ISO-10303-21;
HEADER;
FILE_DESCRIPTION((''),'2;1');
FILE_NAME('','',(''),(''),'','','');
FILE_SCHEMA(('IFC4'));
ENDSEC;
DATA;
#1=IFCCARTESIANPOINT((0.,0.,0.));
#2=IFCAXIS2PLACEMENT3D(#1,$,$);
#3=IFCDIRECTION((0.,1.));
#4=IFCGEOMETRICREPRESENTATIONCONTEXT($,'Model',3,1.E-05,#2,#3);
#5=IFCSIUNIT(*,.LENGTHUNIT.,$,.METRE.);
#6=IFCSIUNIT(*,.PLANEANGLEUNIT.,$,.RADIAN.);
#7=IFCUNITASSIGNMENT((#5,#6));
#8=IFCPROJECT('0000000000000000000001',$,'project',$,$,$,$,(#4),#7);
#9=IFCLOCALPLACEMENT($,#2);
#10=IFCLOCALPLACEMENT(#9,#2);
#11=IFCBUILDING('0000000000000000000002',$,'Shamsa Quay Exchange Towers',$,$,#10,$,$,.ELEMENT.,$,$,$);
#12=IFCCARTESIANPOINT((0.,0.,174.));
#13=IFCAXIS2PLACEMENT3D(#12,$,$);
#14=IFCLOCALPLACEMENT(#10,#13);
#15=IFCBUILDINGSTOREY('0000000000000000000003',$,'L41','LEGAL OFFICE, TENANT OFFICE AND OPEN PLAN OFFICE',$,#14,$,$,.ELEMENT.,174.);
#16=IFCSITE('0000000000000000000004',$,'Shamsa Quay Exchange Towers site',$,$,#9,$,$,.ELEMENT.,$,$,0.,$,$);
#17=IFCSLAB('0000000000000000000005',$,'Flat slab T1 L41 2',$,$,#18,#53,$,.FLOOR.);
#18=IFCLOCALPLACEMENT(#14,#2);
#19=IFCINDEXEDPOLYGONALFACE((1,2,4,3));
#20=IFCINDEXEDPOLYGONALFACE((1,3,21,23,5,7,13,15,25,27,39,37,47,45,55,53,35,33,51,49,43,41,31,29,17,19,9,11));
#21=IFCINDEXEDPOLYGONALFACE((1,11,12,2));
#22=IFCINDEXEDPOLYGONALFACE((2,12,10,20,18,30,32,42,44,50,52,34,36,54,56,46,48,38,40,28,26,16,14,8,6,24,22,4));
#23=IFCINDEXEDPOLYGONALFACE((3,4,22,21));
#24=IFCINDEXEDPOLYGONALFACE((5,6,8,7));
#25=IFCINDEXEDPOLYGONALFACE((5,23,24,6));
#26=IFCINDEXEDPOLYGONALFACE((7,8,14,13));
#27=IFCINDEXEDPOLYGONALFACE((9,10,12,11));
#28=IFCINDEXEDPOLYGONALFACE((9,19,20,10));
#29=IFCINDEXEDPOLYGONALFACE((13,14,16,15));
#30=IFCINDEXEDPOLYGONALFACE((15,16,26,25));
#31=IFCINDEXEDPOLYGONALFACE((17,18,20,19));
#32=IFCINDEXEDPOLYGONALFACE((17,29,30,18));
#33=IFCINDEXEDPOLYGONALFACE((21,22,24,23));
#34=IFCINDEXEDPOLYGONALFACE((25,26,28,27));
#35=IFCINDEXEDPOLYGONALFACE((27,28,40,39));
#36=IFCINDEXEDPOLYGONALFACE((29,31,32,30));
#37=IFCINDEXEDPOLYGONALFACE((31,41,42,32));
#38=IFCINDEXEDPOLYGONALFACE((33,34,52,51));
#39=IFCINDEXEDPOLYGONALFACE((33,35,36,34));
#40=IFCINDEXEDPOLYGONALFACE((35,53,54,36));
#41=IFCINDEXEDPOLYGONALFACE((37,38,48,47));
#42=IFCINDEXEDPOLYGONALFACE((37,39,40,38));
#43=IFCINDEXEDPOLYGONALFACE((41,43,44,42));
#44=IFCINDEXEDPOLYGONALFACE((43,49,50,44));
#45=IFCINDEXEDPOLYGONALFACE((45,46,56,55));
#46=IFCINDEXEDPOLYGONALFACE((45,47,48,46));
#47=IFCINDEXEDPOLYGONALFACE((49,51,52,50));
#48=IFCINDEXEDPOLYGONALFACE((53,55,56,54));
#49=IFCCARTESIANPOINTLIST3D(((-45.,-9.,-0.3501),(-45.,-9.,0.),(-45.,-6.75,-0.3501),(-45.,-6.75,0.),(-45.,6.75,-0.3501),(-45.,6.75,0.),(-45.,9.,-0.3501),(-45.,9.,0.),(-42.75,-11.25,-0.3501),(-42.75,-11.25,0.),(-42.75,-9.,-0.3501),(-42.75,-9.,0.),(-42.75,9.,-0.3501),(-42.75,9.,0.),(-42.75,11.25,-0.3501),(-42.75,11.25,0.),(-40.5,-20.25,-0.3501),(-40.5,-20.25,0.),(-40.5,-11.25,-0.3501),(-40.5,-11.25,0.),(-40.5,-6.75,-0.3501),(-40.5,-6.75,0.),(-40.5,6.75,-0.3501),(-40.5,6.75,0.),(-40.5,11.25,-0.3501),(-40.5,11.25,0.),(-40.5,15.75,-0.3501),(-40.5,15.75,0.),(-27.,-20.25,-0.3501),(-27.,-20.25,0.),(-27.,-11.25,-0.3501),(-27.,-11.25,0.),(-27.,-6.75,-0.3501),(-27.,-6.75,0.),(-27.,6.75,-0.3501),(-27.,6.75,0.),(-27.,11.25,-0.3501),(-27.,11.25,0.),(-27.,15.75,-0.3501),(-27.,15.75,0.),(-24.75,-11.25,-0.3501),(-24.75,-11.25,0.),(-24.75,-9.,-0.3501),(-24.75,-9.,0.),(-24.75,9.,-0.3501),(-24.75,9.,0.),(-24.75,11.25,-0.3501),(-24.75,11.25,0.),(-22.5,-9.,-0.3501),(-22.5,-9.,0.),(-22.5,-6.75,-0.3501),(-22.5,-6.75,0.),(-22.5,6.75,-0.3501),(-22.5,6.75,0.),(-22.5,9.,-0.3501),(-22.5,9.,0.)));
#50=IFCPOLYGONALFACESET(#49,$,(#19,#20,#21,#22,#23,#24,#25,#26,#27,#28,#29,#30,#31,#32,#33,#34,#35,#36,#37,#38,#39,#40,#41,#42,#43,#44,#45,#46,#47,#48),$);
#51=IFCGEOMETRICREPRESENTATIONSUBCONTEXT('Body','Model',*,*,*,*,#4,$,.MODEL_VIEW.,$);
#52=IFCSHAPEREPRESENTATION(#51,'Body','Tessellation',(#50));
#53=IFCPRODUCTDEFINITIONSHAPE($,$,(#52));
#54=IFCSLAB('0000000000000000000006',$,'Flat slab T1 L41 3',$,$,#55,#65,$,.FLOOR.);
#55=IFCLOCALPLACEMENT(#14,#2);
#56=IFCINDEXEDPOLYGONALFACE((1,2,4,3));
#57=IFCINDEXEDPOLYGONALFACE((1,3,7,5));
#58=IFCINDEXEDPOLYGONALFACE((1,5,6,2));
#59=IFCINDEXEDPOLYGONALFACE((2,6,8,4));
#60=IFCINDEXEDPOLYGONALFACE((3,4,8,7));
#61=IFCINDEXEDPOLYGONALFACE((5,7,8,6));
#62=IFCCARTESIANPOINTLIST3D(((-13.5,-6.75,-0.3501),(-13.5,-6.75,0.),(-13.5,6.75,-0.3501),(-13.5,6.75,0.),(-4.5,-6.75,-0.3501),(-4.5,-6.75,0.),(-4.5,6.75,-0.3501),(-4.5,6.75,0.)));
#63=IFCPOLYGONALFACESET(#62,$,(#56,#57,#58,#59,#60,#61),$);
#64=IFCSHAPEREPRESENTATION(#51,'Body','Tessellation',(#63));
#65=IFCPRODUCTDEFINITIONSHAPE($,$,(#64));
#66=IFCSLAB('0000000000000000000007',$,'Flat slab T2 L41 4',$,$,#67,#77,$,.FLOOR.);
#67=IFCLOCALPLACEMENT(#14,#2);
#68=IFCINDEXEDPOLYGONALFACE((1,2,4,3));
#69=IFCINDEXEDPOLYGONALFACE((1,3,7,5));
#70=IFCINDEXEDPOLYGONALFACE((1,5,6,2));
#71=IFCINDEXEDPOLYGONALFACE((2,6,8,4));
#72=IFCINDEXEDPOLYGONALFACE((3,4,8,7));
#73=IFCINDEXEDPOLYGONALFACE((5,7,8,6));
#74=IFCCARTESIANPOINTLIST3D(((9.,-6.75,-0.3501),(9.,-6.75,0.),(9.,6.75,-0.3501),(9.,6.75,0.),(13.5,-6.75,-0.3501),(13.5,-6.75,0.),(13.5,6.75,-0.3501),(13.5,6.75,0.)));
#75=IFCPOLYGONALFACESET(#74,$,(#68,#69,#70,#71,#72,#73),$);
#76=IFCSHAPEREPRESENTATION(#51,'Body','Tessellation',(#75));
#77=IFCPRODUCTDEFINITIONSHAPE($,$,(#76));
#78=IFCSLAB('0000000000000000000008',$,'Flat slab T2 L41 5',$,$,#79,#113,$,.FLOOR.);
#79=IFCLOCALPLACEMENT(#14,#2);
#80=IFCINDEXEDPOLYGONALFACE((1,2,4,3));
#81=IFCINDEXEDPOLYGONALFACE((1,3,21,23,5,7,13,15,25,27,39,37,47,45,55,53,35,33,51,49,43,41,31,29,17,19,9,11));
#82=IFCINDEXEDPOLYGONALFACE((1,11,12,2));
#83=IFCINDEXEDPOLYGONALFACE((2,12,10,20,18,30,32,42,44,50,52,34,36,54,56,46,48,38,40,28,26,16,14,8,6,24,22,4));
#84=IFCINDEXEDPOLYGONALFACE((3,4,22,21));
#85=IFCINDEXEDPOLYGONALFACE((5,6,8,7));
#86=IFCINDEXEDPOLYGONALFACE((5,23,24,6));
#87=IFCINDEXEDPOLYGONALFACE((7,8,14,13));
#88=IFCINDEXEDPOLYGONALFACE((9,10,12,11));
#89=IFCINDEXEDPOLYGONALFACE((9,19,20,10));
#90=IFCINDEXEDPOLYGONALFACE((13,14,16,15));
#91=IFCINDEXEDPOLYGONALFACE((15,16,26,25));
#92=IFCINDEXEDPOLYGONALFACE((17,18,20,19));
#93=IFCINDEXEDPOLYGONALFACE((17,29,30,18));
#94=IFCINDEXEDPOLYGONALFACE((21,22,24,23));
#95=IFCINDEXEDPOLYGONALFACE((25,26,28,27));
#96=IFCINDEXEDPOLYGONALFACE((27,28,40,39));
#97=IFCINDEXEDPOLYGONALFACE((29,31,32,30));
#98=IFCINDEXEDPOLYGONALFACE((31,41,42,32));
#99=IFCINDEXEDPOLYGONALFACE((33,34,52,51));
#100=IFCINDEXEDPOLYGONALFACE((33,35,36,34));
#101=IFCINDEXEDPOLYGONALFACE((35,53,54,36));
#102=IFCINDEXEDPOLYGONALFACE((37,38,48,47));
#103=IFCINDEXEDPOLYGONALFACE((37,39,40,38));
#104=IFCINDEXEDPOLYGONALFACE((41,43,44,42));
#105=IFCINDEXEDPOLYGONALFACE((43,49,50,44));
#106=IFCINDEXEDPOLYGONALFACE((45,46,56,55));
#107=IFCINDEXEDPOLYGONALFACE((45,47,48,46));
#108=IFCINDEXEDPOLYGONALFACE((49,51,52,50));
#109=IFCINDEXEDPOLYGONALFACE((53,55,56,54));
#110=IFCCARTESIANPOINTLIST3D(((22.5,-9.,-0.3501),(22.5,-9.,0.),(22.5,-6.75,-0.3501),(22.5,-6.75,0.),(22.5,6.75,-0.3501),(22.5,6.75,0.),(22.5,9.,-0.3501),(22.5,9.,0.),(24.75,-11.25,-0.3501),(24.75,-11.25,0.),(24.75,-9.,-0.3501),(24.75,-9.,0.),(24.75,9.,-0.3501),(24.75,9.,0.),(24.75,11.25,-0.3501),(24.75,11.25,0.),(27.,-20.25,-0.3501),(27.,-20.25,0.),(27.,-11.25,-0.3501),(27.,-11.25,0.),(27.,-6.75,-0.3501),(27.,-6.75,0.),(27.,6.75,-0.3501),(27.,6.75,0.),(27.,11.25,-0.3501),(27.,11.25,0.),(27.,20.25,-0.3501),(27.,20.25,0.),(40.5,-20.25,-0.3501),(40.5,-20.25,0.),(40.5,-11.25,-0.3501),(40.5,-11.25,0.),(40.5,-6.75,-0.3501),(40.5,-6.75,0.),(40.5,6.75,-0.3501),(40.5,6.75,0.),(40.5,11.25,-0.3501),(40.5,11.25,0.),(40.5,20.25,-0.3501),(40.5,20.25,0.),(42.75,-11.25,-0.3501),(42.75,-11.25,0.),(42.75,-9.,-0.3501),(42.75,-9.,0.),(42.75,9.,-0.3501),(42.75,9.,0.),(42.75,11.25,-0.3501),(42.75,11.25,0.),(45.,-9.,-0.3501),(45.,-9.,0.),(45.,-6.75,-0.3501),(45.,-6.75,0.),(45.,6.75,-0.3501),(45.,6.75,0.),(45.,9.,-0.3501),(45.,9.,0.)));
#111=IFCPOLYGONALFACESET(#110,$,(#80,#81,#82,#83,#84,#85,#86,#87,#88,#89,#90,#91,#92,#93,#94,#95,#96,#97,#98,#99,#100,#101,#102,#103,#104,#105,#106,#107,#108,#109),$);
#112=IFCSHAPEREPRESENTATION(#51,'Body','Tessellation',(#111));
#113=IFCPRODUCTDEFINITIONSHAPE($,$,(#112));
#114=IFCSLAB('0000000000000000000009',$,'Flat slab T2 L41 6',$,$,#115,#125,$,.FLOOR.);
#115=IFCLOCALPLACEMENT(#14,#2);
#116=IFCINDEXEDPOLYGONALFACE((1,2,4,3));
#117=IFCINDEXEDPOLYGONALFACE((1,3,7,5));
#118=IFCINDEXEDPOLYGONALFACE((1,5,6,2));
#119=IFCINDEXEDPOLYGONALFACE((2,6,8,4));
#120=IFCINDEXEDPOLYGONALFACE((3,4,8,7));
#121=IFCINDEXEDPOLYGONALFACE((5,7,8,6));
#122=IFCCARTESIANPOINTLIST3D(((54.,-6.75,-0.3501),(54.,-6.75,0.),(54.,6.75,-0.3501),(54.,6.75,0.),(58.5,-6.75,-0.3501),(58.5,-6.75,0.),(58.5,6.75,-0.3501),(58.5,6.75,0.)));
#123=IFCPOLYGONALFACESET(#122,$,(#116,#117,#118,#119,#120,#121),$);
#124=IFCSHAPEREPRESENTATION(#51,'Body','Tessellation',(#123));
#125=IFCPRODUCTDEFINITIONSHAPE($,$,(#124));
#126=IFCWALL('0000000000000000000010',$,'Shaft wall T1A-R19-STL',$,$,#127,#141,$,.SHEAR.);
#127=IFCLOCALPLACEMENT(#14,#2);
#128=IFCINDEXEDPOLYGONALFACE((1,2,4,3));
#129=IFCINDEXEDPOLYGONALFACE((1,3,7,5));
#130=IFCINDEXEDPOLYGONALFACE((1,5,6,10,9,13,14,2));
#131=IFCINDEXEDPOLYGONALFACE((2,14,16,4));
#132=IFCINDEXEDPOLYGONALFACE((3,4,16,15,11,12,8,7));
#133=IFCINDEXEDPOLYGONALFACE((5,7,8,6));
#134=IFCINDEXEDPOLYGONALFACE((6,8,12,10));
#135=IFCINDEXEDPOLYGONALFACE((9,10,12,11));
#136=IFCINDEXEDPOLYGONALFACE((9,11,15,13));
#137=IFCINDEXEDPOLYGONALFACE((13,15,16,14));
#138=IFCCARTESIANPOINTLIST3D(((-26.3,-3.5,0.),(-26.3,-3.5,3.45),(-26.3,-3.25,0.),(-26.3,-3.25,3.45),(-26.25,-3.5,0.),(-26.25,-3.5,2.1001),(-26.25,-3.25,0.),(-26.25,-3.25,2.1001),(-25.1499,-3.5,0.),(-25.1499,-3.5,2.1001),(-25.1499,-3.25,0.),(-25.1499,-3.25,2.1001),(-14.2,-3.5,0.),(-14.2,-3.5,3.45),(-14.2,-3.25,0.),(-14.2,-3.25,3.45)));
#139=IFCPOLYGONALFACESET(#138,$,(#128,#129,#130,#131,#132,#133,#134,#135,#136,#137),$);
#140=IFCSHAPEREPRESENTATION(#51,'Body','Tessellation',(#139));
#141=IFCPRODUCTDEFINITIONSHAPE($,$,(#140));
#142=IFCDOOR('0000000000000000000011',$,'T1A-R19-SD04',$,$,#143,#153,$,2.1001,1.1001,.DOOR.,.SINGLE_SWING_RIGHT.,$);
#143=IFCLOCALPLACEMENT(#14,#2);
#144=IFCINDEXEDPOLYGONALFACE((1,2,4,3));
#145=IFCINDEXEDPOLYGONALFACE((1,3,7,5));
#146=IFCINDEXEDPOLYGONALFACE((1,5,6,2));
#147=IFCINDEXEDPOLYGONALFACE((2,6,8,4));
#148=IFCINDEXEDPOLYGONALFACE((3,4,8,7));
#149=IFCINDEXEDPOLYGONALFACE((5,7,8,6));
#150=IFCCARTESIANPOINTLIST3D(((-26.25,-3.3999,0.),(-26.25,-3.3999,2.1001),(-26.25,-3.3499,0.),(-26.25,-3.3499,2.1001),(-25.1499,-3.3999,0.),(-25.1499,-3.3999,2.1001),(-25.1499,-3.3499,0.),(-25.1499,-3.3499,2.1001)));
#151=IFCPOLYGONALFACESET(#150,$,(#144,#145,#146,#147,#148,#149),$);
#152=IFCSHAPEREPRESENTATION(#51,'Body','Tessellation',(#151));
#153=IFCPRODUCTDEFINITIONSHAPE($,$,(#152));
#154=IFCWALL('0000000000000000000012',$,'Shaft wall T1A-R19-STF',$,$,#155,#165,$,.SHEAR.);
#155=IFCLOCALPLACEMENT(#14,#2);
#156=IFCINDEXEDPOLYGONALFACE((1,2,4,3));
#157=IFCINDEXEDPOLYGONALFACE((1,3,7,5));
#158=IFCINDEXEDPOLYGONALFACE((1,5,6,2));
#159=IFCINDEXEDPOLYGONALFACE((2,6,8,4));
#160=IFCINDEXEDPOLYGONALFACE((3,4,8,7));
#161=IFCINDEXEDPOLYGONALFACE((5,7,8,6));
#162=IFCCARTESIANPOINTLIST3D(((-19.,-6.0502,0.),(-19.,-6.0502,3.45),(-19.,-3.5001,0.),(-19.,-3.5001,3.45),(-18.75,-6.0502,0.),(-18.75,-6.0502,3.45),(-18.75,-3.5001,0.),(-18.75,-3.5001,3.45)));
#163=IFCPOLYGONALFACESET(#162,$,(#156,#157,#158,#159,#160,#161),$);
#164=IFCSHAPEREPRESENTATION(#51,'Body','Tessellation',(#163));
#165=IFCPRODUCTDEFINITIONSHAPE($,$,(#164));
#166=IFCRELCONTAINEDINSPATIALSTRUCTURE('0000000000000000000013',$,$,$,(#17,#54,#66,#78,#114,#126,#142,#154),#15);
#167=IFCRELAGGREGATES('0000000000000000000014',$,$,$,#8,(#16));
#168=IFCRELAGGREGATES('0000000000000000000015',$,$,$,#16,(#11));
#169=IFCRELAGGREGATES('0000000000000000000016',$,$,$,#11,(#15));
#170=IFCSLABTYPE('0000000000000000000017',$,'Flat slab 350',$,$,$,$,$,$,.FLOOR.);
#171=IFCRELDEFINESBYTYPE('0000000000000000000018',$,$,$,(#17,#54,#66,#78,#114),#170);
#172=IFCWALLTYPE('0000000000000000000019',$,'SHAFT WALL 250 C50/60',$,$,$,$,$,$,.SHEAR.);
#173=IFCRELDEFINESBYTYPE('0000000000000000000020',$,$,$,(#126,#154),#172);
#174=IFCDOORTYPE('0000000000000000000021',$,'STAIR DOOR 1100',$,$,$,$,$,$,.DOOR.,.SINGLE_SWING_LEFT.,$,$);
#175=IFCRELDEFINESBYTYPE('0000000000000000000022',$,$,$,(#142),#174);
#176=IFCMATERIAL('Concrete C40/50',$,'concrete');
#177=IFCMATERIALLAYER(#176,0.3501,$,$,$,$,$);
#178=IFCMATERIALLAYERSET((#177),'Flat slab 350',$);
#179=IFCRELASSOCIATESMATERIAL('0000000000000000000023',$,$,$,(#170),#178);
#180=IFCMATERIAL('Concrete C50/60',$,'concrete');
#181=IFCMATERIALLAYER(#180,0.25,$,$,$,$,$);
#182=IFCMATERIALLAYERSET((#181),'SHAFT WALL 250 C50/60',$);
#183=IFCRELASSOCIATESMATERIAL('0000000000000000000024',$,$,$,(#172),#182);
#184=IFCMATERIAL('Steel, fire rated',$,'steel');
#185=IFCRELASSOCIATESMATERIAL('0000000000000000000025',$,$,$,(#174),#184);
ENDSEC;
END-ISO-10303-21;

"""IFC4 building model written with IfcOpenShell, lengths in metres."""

from ifc_helpers import new_model, si_unit, direction, frame, frame_2d, origin, place, context, subcontext, project, spatial, polyline, rectangle, outline, extrude, material, layer, layer_set, type_object, element, fill, save


model = new_model("IFC4")

# Units and contexts
model_context = context("Model", 3, precision=1e-05, world=origin(), true_north=direction((0.0, 1.0)))
body_context = subcontext(model_context, "Body", "Model", "MODEL_VIEW")
ifc_project = project(units=[si_unit("LENGTHUNIT", "METRE"), si_unit("PLANEANGLEUNIT", "RADIAN")], contexts=[model_context])

# Site, building, storey
site_placement = place(None, origin())
site = spatial("IfcSite", under=ifc_project, at=site_placement, Name="Shamsa Quay Exchange Towers site", CompositionType="ELEMENT", RefElevation=0.0)
building_placement = place(site_placement, origin())
building = spatial("IfcBuilding", under=site, at=building_placement, Name="Shamsa Quay Exchange Towers", CompositionType="ELEMENT")
storey_placement = place(building_placement, frame((0.0, 0.0, 174.0)))
storey = spatial("IfcBuildingStorey", under=building, at=storey_placement, Name="L41", Description="LEGAL OFFICE, TENANT OFFICE AND OPEN PLAN OFFICE", CompositionType="ELEMENT", Elevation=174.0)

# Slabs
ifc_material_1 = material(Name="Concrete C40/50", Category="concrete")
ifc_layer_1 = layer(ifc_material_1, 0.3501)
ifc_layer_set_1 = layer_set([ifc_layer_1], Name="Flat slab 350")
slab_type = type_object("IfcSlabType", Name="Flat slab 350", PredefinedType="FLOOR", material=ifc_layer_set_1)
slab_1_placement = place(storey_placement, frame((0.0, 0.0, -0.3501)))
element("IfcSlab", 1, at=slab_1_placement, inside=storey, type_object=slab_type, Name="Flat slab T1 L41 2", PredefinedType="FLOOR", context=body_context, shape_type="SweptSolid", body=[
    extrude(outline(polyline([(-22.5, -9.0), (-22.5, -6.75), (-27.0, -6.75), (-27.0, 6.75), (-22.5, 6.75), (-22.5, 9.0), (-24.75, 9.0), (-24.75, 11.25), (-27.0, 11.25), (-27.0, 15.75), (-40.5, 15.75), (-40.5, 11.25), (-42.75, 11.25), (-42.75, 9.0), (-45.0, 9.0), (-45.0, 6.75), (-40.5, 6.75), (-40.5, -6.75), (-45.0, -6.75), (-45.0, -9.0), (-42.75, -9.0), (-42.75, -11.25), (-40.5, -11.25), (-40.5, -20.25), (-27.0, -20.25), (-27.0, -11.25), (-24.75, -11.25), (-24.75, -9.0), (-22.5, -9.0)])), origin(), (0.0, 0.0, 1.0), 0.3501),
])
slab_2_placement = place(storey_placement, frame((0.0, 0.0, -0.3501)))
element("IfcSlab", 2, at=slab_2_placement, inside=storey, type_object=slab_type, Name="Flat slab T1 L41 3", PredefinedType="FLOOR", context=body_context, shape_type="SweptSolid", body=[
    extrude(outline(polyline([(-4.5, 6.75), (-13.5, 6.75), (-13.5, -6.75), (-4.5, -6.75), (-4.5, 6.75)])), origin(), (0.0, 0.0, 1.0), 0.3501),
])
slab_3_placement = place(storey_placement, frame((0.0, 0.0, -0.3501)))
element("IfcSlab", 3, at=slab_3_placement, inside=storey, type_object=slab_type, Name="Flat slab T2 L41 4", PredefinedType="FLOOR", context=body_context, shape_type="SweptSolid", body=[
    extrude(outline(polyline([(9.0, -6.75), (13.5, -6.75), (13.5, 6.75), (9.0, 6.75), (9.0, -6.75)])), origin(), (0.0, 0.0, 1.0), 0.3501),
])
slab_4_placement = place(storey_placement, frame((0.0, 0.0, -0.3501)))
element("IfcSlab", 4, at=slab_4_placement, inside=storey, type_object=slab_type, Name="Flat slab T2 L41 5", PredefinedType="FLOOR", context=body_context, shape_type="SweptSolid", body=[
    extrude(outline(polyline([(45.0, -9.0), (45.0, -6.75), (40.5, -6.75), (40.5, 6.75), (45.0, 6.75), (45.0, 9.0), (42.75, 9.0), (42.75, 11.25), (40.5, 11.25), (40.5, 20.25), (27.0, 20.25), (27.0, 11.25), (24.75, 11.25), (24.75, 9.0), (22.5, 9.0), (22.5, 6.75), (27.0, 6.75), (27.0, -6.75), (22.5, -6.75), (22.5, -9.0), (24.75, -9.0), (24.75, -11.25), (27.0, -11.25), (27.0, -20.25), (40.5, -20.25), (40.5, -11.25), (42.75, -11.25), (42.75, -9.0), (45.0, -9.0)])), origin(), (0.0, 0.0, 1.0), 0.3501),
])
slab_5_placement = place(storey_placement, frame((0.0, 0.0, -0.3501)))
element("IfcSlab", 5, at=slab_5_placement, inside=storey, type_object=slab_type, Name="Flat slab T2 L41 6", PredefinedType="FLOOR", context=body_context, shape_type="SweptSolid", body=[
    extrude(outline(polyline([(58.5, 6.75), (54.0, 6.75), (54.0, -6.75), (58.5, -6.75), (58.5, 6.75)])), origin(), (0.0, 0.0, 1.0), 0.3501),
])

# Wall, opening, door
ifc_material_2 = material(Name="Concrete C50/60", Category="concrete")
ifc_layer_2 = layer(ifc_material_2, 0.25)
ifc_layer_set_2 = layer_set([ifc_layer_2], Name="SHAFT WALL 250 C50/60")
wall_type = type_object("IfcWallType", Name="SHAFT WALL 250 C50/60", PredefinedType="SHEAR", material=ifc_layer_set_2)
wall_1_placement = place(storey_placement, frame((-14.2, -3.375, 0.0), z_axis=(0.0, 0.0, 1.0), x_axis=(-1.0, 0.0, 0.0)))
wall_1 = element("IfcWall", 6, at=wall_1_placement, inside=storey, type_object=wall_type, Name="Shaft wall T1A-R19-STL", PredefinedType="SHEAR", context=body_context, shape_type="SweptSolid", body=[
    extrude(rectangle(XDim=12.1001, YDim=0.25, at=frame_2d((6.05, 0.0))), origin(), (0.0, 0.0, 1.0), 3.45),
])
opening_1_placement = place(wall_1_placement, frame((10.95, 0.0, 0.0)))
opening_1 = element("IfcOpeningElement", 7, at=opening_1_placement, cuts=wall_1, PredefinedType="OPENING", context=body_context, shape_type="SweptSolid", body=[
    extrude(rectangle(XDim=1.1001, YDim=2.1001, at=frame_2d((0.55, 1.05))), frame((0.0, 0.135, 0.0), z_axis=(0.0, -1.0, 0.0), x_axis=(1.0, 0.0, 0.0)), (0.0, 0.0, 1.0), 0.27),
])
ifc_material_3 = material(Name="Steel, fire rated", Category="steel")
door_type_1 = type_object("IfcDoorType", Name="STAIR DOOR 1100", OperationType="SINGLE_SWING_LEFT", PredefinedType="DOOR", material=ifc_material_3)
door_1_placement = place(opening_1_placement, origin())
door_1 = element("IfcDoor", 8, at=door_1_placement, inside=storey, type_object=door_type_1, Name="T1A-R19-SD04", OperationType="SINGLE_SWING_RIGHT", OverallHeight=2.1001, OverallWidth=1.1001, PredefinedType="DOOR", context=body_context, shape_type="SweptSolid", body=[
    extrude(rectangle(XDim=1.1001, YDim=2.1001, at=frame_2d((0.55, 1.05))), frame((0.0, 0.0249, 0.0), z_axis=(0.0, -1.0, 0.0), x_axis=(1.0, 0.0, 0.0)), (0.0, 0.0, 1.0), 0.05),
])
fill(opening_1, door_1)

# Wall
wall_2_placement = place(storey_placement, frame((-18.875, -6.05, 0.0), z_axis=(0.0, 0.0, 1.0), x_axis=(0.0, 1.0, 0.0)))
element("IfcWall", 9, at=wall_2_placement, inside=storey, type_object=wall_type, Name="Shaft wall T1A-R19-STF", PredefinedType="SHEAR", context=body_context, shape_type="SweptSolid", body=[
    extrude(rectangle(XDim=2.55, YDim=0.25, at=frame_2d((1.2749, 0.0))), origin(), (0.0, 0.0, 1.0), 3.45),
])

save(model, "model.ifc")
